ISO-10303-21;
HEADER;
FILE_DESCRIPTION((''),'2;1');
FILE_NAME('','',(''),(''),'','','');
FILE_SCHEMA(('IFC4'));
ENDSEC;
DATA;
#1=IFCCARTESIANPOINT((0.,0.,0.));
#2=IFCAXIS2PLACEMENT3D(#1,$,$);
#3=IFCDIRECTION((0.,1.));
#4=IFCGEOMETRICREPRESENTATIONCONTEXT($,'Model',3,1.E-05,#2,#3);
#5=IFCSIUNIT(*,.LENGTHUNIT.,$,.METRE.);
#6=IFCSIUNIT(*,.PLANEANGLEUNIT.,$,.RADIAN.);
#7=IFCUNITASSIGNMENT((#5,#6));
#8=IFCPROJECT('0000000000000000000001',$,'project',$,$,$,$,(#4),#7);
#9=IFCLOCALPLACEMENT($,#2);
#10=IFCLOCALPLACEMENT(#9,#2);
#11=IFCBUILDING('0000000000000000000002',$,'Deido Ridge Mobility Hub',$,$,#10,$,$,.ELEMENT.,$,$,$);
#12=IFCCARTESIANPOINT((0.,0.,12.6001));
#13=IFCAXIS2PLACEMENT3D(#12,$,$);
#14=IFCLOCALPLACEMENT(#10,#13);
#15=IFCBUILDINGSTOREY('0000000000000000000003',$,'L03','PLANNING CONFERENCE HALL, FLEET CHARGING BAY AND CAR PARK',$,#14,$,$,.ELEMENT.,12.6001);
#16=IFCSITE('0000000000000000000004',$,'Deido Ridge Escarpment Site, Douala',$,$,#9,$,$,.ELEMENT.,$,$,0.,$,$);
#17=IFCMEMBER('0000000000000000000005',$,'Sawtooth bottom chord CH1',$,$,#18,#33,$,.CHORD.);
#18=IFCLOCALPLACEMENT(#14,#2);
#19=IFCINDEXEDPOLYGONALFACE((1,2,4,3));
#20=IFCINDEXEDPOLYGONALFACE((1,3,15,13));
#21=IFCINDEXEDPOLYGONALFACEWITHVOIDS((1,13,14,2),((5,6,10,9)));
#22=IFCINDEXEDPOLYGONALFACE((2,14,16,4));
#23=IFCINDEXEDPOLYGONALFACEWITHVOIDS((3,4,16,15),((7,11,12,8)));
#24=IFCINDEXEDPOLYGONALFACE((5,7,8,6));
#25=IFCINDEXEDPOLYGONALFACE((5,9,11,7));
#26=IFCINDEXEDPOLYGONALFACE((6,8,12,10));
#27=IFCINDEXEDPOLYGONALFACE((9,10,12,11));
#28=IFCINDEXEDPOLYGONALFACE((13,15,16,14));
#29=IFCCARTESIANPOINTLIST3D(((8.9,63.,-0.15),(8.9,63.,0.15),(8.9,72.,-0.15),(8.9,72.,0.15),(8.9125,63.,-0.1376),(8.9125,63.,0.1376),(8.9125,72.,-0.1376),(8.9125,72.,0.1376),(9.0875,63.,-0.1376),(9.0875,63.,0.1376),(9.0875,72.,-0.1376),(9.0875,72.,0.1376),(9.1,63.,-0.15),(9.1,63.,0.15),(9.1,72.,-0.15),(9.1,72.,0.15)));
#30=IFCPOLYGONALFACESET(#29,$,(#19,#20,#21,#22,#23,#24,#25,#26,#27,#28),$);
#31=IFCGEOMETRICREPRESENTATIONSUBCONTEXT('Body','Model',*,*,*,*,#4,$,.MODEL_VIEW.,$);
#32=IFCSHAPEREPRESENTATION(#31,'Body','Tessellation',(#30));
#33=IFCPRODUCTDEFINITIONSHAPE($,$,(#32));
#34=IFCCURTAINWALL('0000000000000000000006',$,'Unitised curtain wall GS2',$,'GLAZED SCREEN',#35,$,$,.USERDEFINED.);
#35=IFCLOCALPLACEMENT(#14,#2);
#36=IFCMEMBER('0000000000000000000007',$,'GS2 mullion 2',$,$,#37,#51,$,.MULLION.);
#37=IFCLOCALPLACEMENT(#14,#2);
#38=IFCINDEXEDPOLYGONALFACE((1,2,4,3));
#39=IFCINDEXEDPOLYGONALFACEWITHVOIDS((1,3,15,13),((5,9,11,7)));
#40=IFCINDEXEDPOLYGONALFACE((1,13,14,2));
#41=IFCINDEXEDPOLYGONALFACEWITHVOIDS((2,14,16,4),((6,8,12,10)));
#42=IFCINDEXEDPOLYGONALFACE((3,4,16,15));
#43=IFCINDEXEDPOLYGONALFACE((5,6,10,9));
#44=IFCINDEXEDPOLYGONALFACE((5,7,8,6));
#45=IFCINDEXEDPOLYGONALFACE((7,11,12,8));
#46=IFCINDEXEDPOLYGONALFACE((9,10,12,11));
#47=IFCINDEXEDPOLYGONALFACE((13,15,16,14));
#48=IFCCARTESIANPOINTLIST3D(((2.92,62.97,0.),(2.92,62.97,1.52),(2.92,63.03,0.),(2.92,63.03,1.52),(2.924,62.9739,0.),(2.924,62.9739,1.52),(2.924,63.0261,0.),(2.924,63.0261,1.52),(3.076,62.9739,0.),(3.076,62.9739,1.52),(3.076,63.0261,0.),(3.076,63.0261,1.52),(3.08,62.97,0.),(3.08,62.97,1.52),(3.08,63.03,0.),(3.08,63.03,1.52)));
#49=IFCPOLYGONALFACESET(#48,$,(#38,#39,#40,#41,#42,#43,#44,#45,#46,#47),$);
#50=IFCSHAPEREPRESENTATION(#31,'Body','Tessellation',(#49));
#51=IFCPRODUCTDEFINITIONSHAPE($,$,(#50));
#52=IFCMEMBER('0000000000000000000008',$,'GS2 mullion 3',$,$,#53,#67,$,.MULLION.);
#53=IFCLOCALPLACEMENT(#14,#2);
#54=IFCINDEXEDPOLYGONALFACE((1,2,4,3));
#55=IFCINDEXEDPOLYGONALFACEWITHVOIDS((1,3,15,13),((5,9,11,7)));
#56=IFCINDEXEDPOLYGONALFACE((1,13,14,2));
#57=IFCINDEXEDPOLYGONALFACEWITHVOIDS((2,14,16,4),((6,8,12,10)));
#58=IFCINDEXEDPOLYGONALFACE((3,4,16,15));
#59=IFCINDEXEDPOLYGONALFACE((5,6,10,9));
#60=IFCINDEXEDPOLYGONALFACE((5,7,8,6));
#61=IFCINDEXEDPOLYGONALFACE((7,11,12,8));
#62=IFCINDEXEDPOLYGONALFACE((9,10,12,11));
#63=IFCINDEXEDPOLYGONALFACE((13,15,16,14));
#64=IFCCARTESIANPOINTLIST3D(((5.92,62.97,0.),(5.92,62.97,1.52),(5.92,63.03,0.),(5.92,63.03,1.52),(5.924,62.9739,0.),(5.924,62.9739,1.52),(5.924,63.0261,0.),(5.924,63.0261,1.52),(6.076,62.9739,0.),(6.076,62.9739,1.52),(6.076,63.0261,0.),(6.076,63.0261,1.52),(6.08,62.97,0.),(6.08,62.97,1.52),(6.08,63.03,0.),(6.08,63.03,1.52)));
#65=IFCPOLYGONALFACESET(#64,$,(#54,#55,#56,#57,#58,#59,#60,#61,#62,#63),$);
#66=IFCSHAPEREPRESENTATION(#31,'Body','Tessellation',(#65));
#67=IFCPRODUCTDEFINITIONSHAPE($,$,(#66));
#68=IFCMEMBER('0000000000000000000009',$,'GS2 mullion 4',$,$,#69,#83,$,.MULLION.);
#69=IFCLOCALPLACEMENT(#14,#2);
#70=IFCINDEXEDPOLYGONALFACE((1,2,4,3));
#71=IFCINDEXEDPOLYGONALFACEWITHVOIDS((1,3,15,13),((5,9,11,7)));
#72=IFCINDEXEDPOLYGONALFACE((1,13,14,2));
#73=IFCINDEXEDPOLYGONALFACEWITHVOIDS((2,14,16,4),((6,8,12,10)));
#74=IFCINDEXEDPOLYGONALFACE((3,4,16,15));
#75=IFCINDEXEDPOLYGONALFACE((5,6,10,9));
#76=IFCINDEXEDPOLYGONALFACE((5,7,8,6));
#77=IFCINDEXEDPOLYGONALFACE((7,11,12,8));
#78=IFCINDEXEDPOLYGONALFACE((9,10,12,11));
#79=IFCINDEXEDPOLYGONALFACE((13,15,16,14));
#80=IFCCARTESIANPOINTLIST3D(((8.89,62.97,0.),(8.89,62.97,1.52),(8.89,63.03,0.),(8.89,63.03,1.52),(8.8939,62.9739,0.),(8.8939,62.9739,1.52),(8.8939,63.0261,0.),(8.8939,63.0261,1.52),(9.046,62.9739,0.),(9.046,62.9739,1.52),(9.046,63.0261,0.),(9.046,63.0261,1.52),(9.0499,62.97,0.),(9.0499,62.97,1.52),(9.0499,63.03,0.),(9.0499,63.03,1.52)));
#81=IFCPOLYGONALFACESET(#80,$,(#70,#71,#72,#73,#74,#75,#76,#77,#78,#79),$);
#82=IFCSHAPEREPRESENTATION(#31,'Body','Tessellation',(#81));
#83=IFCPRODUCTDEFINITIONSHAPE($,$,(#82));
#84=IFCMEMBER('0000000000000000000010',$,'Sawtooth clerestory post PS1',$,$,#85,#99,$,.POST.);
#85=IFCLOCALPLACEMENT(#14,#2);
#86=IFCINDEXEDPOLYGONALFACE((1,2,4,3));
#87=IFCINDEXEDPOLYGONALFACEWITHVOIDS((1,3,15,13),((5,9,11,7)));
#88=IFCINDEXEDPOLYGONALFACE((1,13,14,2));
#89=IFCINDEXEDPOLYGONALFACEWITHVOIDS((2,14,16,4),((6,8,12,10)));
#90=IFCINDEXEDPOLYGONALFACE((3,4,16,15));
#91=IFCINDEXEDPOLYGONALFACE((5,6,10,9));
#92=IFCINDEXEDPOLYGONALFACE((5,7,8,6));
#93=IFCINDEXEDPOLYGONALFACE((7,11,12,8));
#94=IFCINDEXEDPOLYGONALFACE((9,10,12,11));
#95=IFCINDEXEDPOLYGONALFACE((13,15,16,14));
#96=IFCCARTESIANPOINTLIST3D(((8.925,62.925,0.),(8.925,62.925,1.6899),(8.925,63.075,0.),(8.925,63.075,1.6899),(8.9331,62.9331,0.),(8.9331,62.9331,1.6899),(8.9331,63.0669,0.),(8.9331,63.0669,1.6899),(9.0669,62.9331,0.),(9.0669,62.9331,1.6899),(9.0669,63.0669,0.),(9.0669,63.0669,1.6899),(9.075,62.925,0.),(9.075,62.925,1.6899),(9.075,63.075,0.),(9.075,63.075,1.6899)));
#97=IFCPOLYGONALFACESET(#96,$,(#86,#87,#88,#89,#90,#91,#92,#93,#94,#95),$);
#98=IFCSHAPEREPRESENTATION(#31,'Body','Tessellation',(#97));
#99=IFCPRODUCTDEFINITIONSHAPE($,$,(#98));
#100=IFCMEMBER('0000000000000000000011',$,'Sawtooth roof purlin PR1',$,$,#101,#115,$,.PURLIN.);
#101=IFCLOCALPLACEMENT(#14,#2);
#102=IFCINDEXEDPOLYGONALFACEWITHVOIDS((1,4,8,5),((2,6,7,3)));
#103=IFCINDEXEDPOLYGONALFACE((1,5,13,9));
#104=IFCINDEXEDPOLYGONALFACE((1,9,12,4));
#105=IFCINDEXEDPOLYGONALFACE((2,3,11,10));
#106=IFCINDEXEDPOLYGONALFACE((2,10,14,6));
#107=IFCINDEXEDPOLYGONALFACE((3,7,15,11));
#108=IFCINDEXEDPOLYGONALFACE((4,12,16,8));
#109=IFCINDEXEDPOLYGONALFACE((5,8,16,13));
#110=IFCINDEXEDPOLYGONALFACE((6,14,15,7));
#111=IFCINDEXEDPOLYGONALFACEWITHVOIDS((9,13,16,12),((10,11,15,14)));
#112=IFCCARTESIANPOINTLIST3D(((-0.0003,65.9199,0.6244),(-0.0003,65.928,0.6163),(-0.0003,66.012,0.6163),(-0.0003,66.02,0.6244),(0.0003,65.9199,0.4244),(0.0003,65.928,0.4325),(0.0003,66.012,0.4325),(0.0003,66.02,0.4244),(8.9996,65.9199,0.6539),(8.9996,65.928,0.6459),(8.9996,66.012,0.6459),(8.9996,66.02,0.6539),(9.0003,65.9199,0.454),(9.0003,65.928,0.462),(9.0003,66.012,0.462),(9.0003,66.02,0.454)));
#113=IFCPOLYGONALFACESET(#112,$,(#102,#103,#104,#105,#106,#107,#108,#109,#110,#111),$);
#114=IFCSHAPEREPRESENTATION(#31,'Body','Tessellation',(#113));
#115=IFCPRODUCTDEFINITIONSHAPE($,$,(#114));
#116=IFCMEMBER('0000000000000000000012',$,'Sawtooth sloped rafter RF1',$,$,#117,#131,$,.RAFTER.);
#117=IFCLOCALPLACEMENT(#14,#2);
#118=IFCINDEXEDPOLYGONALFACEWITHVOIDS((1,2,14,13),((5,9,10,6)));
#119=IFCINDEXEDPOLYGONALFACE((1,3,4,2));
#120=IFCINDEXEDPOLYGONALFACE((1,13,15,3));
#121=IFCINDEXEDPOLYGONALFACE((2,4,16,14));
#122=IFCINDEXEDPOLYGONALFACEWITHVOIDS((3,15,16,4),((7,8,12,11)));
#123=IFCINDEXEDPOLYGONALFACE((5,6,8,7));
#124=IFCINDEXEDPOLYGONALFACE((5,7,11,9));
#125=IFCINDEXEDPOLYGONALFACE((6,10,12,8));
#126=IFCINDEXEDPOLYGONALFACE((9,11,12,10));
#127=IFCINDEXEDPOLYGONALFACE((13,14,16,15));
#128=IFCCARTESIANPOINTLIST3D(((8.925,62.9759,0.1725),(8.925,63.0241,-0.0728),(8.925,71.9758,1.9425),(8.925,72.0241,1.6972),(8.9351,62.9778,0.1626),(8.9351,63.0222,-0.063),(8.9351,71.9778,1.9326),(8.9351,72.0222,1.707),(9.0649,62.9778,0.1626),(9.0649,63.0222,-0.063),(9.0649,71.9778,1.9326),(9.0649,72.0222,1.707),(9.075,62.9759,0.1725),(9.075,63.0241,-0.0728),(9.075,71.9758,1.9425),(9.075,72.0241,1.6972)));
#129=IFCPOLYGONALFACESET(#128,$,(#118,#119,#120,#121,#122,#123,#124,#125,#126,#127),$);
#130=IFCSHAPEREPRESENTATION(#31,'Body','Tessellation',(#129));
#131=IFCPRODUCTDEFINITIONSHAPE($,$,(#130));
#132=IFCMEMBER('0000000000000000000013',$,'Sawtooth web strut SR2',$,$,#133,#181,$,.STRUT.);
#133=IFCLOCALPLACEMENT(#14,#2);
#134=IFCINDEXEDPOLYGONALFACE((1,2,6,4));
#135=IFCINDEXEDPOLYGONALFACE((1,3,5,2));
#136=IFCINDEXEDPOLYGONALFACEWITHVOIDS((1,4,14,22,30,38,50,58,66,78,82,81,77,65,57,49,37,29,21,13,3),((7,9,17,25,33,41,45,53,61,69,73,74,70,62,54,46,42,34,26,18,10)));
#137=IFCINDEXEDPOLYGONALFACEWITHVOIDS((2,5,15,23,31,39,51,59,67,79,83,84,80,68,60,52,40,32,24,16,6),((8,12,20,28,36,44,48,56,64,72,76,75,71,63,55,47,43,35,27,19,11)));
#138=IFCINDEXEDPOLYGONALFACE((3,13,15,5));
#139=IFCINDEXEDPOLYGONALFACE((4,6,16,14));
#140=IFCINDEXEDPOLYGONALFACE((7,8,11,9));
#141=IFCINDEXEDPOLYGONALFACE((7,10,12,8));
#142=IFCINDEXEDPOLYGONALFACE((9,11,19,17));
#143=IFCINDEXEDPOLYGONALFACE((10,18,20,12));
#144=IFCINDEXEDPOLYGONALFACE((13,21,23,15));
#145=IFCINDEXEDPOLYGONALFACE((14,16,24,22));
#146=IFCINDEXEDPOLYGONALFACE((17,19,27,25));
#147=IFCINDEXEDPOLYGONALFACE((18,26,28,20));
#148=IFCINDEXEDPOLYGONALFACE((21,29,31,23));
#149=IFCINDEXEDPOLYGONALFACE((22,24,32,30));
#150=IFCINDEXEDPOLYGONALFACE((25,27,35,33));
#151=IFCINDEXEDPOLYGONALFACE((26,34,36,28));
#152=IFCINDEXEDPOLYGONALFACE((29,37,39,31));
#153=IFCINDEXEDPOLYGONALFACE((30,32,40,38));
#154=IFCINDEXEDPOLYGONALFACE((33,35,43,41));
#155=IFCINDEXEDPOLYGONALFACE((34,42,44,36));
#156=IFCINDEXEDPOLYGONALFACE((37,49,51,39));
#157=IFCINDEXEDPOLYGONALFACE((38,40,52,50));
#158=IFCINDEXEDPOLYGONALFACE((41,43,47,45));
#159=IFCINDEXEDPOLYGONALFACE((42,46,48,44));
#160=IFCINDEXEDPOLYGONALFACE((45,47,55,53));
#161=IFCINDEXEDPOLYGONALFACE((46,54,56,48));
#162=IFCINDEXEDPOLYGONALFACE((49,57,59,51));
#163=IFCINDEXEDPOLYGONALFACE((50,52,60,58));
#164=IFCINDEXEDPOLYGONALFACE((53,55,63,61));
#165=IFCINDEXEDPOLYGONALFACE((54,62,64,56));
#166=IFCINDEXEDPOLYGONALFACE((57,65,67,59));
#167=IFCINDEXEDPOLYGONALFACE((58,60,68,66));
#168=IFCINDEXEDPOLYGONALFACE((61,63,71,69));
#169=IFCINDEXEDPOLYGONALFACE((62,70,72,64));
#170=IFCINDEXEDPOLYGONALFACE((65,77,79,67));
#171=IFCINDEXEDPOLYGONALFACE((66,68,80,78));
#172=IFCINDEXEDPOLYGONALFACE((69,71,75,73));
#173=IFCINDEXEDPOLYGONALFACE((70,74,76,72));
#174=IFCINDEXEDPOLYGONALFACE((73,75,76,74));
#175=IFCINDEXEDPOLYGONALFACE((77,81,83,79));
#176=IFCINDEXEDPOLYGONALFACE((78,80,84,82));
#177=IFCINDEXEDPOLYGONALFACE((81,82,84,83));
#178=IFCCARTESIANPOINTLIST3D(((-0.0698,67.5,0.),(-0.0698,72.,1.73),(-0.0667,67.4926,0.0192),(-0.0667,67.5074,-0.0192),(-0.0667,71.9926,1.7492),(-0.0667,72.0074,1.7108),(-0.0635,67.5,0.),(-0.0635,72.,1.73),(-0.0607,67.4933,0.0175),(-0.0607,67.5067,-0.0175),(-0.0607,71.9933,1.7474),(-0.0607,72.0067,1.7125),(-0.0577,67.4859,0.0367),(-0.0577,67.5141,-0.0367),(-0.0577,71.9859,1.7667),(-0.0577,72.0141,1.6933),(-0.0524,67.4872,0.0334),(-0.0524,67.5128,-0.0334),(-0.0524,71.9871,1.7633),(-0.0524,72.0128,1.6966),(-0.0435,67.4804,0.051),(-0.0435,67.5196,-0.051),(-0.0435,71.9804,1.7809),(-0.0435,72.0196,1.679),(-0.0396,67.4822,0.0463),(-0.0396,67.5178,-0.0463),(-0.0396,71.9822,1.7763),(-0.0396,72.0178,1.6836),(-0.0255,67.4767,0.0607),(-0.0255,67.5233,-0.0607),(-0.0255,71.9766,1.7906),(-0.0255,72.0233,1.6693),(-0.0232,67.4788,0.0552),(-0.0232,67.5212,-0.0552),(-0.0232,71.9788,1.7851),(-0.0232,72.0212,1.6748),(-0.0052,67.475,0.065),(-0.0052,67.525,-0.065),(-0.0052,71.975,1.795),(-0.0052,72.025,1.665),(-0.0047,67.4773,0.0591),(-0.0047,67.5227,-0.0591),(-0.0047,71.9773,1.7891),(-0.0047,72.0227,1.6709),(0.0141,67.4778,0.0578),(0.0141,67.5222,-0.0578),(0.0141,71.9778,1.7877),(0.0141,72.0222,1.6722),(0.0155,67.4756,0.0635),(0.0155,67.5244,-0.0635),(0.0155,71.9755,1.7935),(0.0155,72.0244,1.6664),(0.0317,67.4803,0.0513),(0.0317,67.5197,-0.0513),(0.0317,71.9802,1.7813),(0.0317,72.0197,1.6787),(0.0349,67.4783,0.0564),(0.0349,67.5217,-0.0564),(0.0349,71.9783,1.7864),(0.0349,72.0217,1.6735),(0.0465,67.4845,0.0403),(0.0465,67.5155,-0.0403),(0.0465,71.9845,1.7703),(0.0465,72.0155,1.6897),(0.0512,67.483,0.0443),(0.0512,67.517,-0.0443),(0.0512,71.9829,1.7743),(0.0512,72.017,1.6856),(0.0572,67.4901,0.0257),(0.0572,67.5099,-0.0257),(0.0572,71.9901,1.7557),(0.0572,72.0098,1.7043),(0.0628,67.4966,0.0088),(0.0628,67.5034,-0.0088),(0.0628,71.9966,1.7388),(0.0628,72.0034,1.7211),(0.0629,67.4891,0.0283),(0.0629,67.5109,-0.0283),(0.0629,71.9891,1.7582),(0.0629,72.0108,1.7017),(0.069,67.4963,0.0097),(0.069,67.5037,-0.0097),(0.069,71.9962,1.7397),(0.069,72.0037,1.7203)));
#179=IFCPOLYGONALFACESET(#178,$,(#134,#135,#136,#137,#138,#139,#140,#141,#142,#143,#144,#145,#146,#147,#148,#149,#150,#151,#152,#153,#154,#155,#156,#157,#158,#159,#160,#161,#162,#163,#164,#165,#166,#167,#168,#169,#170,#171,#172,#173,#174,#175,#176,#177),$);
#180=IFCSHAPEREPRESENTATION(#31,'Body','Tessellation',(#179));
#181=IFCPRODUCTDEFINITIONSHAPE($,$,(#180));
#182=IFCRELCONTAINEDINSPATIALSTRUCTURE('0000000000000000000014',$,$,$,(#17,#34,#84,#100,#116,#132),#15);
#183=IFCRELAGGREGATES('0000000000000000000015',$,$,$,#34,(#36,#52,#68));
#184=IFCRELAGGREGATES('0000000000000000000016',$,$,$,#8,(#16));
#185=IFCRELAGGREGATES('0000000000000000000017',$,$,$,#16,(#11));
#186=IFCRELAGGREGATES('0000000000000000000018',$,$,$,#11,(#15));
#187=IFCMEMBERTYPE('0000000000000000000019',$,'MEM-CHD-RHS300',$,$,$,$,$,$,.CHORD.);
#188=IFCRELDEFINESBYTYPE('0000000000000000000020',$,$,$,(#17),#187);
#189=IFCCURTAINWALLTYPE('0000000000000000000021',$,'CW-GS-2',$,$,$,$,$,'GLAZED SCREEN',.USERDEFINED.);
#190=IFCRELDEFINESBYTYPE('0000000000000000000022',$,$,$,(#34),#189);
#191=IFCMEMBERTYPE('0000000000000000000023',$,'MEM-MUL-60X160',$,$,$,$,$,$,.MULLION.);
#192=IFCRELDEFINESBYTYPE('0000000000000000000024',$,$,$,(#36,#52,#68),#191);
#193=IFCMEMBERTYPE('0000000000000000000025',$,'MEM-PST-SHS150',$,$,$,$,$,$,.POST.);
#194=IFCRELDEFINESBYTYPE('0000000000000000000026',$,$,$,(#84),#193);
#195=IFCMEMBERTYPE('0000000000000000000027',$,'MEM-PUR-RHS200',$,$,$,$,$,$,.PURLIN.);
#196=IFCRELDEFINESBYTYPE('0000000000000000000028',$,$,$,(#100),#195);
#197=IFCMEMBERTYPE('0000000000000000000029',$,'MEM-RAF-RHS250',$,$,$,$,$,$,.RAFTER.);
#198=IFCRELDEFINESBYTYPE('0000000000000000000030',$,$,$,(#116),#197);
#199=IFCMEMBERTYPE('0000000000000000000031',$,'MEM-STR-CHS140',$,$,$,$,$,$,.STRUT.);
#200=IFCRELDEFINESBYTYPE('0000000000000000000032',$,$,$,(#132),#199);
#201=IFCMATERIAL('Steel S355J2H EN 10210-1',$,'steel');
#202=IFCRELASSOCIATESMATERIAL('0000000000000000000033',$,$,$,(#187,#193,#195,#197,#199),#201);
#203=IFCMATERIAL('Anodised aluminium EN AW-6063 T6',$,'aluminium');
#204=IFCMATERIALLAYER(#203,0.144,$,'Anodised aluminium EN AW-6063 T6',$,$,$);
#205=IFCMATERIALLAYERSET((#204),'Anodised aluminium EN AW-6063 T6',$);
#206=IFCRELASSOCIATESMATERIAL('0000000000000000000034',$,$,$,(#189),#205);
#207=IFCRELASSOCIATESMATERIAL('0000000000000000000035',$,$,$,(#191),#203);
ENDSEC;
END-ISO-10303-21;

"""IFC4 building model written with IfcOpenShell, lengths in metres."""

from ifc_helpers import new_model, si_unit, direction, frame, origin, origin_2d, place, context, subcontext, project, spatial, hollow_rectangle, hollow_circle, extrude, material, layer, layer_set, material_profile, profile_set, type_object, element, aggregate, save


model = new_model("IFC4")

# Units and contexts
model_context = context("Model", 3, precision=1e-05, world=origin(), true_north=direction((0.0, 1.0)))
body_context = subcontext(model_context, "Body", "Model", "MODEL_VIEW")
ifc_project = project(units=[si_unit("LENGTHUNIT", "METRE"), si_unit("PLANEANGLEUNIT", "RADIAN")], contexts=[model_context])

# Site, building, storey
site_placement = place(None, origin())
site = spatial("IfcSite", under=ifc_project, at=site_placement, Name="Deido Ridge Escarpment Site, Douala", CompositionType="ELEMENT", RefElevation=0.0)
building_placement = place(site_placement, origin())
building = spatial("IfcBuilding", under=site, at=building_placement, Name="Deido Ridge Mobility Hub", CompositionType="ELEMENT")
storey_placement = place(building_placement, frame((0.0, 0.0, 12.6001)))
storey = spatial("IfcBuildingStorey", under=building, at=storey_placement, Name="L03", Description="PLANNING CONFERENCE HALL, FLEET CHARGING BAY AND CAR PARK", CompositionType="ELEMENT", Elevation=12.6001)

# Member
ifc_material_1 = material(Name="Steel S355J2H EN 10210-1", Category="steel")
ifc_material_profile_1 = material_profile(ifc_material_1, hollow_rectangle(XDim=0.2, YDim=0.3, WallThickness=0.0125, at=origin_2d()), Name="RHS 300x200x12.5")
ifc_profile_set_1 = profile_set([ifc_material_profile_1], Name="Steel S355J2H EN 10210-1")
member_type_1 = type_object("IfcMemberType", Name="MEM-CHD-RHS300", PredefinedType="CHORD", material=ifc_profile_set_1)
member_1_placement = place(storey_placement, frame((9.0, 63.0, 0.0), z_axis=(0.0, 1.0, 0.0), x_axis=(-1.0, 0.0, 0.0)))
element("IfcMember", 1, at=member_1_placement, inside=storey, type_object=member_type_1, Name="Sawtooth bottom chord CH1", PredefinedType="CHORD", context=body_context, shape_type="SweptSolid", body=[
    extrude(hollow_rectangle(XDim=0.2, YDim=0.3, WallThickness=0.0125, at=origin_2d()), origin(), (0.0, 0.0, 1.0), 9.0),
])

# Curtain wall, members
ifc_material_2 = material(Name="Anodised aluminium EN AW-6063 T6", Category="aluminium")
ifc_layer_1 = layer(ifc_material_2, 0.144, Name="Anodised aluminium EN AW-6063 T6")
ifc_layer_set_1 = layer_set([ifc_layer_1], Name="Anodised aluminium EN AW-6063 T6")
curtain_wall_type = type_object("IfcCurtainWallType", Name="CW-GS-2", ElementType="GLAZED SCREEN", PredefinedType="USERDEFINED", material=ifc_layer_set_1)
curtain_wall_placement = place(storey_placement, origin())
curtain_wall = element("IfcCurtainWall", 2, at=curtain_wall_placement, inside=storey, type_object=curtain_wall_type, Name="Unitised curtain wall GS2", ObjectType="GLAZED SCREEN", PredefinedType="USERDEFINED")
ifc_material_profile_2 = material_profile(ifc_material_2, hollow_rectangle(XDim=0.0601, YDim=0.1599, WallThickness=0.0039, at=origin_2d()), Name="RHS 60x160x4")
ifc_profile_set_2 = profile_set([ifc_material_profile_2], Name="Anodised aluminium EN AW-6063 T6")
member_type_2 = type_object("IfcMemberType", Name="MEM-MUL-60X160", PredefinedType="MULLION", material=ifc_profile_set_2)
member_2_placement = place(storey_placement, frame((3.0, 63.0, 0.0), z_axis=(0.0, 0.0, 1.0), x_axis=(0.0, 1.0, 0.0)))
member_2 = element("IfcMember", 3, at=member_2_placement, type_object=member_type_2, Name="GS2 mullion 2", PredefinedType="MULLION", context=body_context, shape_type="SweptSolid", body=[
    extrude(hollow_rectangle(XDim=0.0601, YDim=0.1599, WallThickness=0.0039, at=origin_2d()), origin(), (0.0, 0.0, 1.0), 1.52),
])
member_3_placement = place(storey_placement, frame((6.0, 63.0, 0.0), z_axis=(0.0, 0.0, 1.0), x_axis=(0.0, 1.0, 0.0)))
member_3 = element("IfcMember", 4, at=member_3_placement, type_object=member_type_2, Name="GS2 mullion 3", PredefinedType="MULLION", context=body_context, shape_type="SweptSolid", body=[
    extrude(hollow_rectangle(XDim=0.0601, YDim=0.1599, WallThickness=0.0039, at=origin_2d()), origin(), (0.0, 0.0, 1.0), 1.52),
])
member_4_placement = place(storey_placement, frame((8.97, 63.0, 0.0), z_axis=(0.0, 0.0, 1.0), x_axis=(0.0, 1.0, 0.0)))
member_4 = element("IfcMember", 5, at=member_4_placement, type_object=member_type_2, Name="GS2 mullion 4", PredefinedType="MULLION", context=body_context, shape_type="SweptSolid", body=[
    extrude(hollow_rectangle(XDim=0.0601, YDim=0.1599, WallThickness=0.0039, at=origin_2d()), origin(), (0.0, 0.0, 1.0), 1.52),
])

# Members
ifc_material_profile_3 = material_profile(ifc_material_1, hollow_rectangle(XDim=0.1499, YDim=0.1499, WallThickness=0.0081, at=origin_2d()), Name="SHS 150x150x8")
ifc_profile_set_3 = profile_set([ifc_material_profile_3], Name="Steel S355J2H EN 10210-1")
member_type_3 = type_object("IfcMemberType", Name="MEM-PST-SHS150", PredefinedType="POST", material=ifc_profile_set_3)
member_5_placement = place(storey_placement, frame((9.0, 63.0, 0.0), z_axis=(0.0, 0.0, 1.0), x_axis=(1.0, 0.0, 0.0)))
element("IfcMember", 6, at=member_5_placement, inside=storey, type_object=member_type_3, Name="Sawtooth clerestory post PS1", PredefinedType="POST", context=body_context, shape_type="SweptSolid", body=[
    extrude(hollow_rectangle(XDim=0.1499, YDim=0.1499, WallThickness=0.0081, at=origin_2d()), origin(), (0.0, 0.0, 1.0), 1.6899),
])
ifc_material_profile_4 = material_profile(ifc_material_1, hollow_rectangle(XDim=0.1001, YDim=0.2, WallThickness=0.0081, at=origin_2d()), Name="RHS 200x100x8")
ifc_profile_set_4 = profile_set([ifc_material_profile_4], Name="Steel S355J2H EN 10210-1")
member_type_4 = type_object("IfcMemberType", Name="MEM-PUR-RHS200", PredefinedType="PURLIN", material=ifc_profile_set_4)
member_6_placement = place(storey_placement, frame((0.0, 65.97, 0.5244), z_axis=(0.999995, 0.0, 0.003282), x_axis=(0.0, 1.0, 0.0)))
element("IfcMember", 7, at=member_6_placement, inside=storey, type_object=member_type_4, Name="Sawtooth roof purlin PR1", PredefinedType="PURLIN", context=body_context, shape_type="SweptSolid", body=[
    extrude(hollow_rectangle(XDim=0.1001, YDim=0.2, WallThickness=0.0081, at=origin_2d()), origin(), (0.0, 0.0, 1.0), 9.0),
])
ifc_material_profile_5 = material_profile(ifc_material_1, hollow_rectangle(XDim=0.1499, YDim=0.25, WallThickness=0.01, at=origin_2d()), Name="RHS 250x150x10")
ifc_profile_set_5 = profile_set([ifc_material_profile_5], Name="Steel S355J2H EN 10210-1")
member_type_5 = type_object("IfcMemberType", Name="MEM-RAF-RHS250", PredefinedType="RAFTER", material=ifc_profile_set_5)
member_7_placement = place(storey_placement, frame((9.0, 63.0, 0.0498), z_axis=(0.0, 0.981204, 0.192972), x_axis=(-1.0, 0.0, 0.0)))
element("IfcMember", 8, at=member_7_placement, inside=storey, type_object=member_type_5, Name="Sawtooth sloped rafter RF1", PredefinedType="RAFTER", context=body_context, shape_type="SweptSolid", body=[
    extrude(hollow_rectangle(XDim=0.1499, YDim=0.25, WallThickness=0.01, at=origin_2d()), origin(), (0.0, 0.0, 1.0), 9.1724),
])
ifc_material_profile_6 = material_profile(ifc_material_1, hollow_circle(Radius=0.0698, WallThickness=0.0063, at=origin_2d()), Name="CHS 139.7x6.3")
ifc_profile_set_6 = profile_set([ifc_material_profile_6], Name="Steel S355J2H EN 10210-1")
member_type_6 = type_object("IfcMemberType", Name="MEM-STR-CHS140", PredefinedType="STRUT", material=ifc_profile_set_6)
member_8_placement = place(storey_placement, frame((0.0, 67.5, 0.0), z_axis=(0.0, 0.9334, 0.358837), x_axis=(-1.0, 0.0, 0.0)))
element("IfcMember", 9, at=member_8_placement, inside=storey, type_object=member_type_6, Name="Sawtooth web strut SR2", PredefinedType="STRUT", context=body_context, shape_type="SweptSolid", body=[
    extrude(hollow_circle(Radius=0.0698, WallThickness=0.0063, at=origin_2d()), origin(), (0.0, 0.0, 1.0), 4.821),
])

aggregate(curtain_wall, [member_2, member_3, member_4])

save(model, "model.ifc")
